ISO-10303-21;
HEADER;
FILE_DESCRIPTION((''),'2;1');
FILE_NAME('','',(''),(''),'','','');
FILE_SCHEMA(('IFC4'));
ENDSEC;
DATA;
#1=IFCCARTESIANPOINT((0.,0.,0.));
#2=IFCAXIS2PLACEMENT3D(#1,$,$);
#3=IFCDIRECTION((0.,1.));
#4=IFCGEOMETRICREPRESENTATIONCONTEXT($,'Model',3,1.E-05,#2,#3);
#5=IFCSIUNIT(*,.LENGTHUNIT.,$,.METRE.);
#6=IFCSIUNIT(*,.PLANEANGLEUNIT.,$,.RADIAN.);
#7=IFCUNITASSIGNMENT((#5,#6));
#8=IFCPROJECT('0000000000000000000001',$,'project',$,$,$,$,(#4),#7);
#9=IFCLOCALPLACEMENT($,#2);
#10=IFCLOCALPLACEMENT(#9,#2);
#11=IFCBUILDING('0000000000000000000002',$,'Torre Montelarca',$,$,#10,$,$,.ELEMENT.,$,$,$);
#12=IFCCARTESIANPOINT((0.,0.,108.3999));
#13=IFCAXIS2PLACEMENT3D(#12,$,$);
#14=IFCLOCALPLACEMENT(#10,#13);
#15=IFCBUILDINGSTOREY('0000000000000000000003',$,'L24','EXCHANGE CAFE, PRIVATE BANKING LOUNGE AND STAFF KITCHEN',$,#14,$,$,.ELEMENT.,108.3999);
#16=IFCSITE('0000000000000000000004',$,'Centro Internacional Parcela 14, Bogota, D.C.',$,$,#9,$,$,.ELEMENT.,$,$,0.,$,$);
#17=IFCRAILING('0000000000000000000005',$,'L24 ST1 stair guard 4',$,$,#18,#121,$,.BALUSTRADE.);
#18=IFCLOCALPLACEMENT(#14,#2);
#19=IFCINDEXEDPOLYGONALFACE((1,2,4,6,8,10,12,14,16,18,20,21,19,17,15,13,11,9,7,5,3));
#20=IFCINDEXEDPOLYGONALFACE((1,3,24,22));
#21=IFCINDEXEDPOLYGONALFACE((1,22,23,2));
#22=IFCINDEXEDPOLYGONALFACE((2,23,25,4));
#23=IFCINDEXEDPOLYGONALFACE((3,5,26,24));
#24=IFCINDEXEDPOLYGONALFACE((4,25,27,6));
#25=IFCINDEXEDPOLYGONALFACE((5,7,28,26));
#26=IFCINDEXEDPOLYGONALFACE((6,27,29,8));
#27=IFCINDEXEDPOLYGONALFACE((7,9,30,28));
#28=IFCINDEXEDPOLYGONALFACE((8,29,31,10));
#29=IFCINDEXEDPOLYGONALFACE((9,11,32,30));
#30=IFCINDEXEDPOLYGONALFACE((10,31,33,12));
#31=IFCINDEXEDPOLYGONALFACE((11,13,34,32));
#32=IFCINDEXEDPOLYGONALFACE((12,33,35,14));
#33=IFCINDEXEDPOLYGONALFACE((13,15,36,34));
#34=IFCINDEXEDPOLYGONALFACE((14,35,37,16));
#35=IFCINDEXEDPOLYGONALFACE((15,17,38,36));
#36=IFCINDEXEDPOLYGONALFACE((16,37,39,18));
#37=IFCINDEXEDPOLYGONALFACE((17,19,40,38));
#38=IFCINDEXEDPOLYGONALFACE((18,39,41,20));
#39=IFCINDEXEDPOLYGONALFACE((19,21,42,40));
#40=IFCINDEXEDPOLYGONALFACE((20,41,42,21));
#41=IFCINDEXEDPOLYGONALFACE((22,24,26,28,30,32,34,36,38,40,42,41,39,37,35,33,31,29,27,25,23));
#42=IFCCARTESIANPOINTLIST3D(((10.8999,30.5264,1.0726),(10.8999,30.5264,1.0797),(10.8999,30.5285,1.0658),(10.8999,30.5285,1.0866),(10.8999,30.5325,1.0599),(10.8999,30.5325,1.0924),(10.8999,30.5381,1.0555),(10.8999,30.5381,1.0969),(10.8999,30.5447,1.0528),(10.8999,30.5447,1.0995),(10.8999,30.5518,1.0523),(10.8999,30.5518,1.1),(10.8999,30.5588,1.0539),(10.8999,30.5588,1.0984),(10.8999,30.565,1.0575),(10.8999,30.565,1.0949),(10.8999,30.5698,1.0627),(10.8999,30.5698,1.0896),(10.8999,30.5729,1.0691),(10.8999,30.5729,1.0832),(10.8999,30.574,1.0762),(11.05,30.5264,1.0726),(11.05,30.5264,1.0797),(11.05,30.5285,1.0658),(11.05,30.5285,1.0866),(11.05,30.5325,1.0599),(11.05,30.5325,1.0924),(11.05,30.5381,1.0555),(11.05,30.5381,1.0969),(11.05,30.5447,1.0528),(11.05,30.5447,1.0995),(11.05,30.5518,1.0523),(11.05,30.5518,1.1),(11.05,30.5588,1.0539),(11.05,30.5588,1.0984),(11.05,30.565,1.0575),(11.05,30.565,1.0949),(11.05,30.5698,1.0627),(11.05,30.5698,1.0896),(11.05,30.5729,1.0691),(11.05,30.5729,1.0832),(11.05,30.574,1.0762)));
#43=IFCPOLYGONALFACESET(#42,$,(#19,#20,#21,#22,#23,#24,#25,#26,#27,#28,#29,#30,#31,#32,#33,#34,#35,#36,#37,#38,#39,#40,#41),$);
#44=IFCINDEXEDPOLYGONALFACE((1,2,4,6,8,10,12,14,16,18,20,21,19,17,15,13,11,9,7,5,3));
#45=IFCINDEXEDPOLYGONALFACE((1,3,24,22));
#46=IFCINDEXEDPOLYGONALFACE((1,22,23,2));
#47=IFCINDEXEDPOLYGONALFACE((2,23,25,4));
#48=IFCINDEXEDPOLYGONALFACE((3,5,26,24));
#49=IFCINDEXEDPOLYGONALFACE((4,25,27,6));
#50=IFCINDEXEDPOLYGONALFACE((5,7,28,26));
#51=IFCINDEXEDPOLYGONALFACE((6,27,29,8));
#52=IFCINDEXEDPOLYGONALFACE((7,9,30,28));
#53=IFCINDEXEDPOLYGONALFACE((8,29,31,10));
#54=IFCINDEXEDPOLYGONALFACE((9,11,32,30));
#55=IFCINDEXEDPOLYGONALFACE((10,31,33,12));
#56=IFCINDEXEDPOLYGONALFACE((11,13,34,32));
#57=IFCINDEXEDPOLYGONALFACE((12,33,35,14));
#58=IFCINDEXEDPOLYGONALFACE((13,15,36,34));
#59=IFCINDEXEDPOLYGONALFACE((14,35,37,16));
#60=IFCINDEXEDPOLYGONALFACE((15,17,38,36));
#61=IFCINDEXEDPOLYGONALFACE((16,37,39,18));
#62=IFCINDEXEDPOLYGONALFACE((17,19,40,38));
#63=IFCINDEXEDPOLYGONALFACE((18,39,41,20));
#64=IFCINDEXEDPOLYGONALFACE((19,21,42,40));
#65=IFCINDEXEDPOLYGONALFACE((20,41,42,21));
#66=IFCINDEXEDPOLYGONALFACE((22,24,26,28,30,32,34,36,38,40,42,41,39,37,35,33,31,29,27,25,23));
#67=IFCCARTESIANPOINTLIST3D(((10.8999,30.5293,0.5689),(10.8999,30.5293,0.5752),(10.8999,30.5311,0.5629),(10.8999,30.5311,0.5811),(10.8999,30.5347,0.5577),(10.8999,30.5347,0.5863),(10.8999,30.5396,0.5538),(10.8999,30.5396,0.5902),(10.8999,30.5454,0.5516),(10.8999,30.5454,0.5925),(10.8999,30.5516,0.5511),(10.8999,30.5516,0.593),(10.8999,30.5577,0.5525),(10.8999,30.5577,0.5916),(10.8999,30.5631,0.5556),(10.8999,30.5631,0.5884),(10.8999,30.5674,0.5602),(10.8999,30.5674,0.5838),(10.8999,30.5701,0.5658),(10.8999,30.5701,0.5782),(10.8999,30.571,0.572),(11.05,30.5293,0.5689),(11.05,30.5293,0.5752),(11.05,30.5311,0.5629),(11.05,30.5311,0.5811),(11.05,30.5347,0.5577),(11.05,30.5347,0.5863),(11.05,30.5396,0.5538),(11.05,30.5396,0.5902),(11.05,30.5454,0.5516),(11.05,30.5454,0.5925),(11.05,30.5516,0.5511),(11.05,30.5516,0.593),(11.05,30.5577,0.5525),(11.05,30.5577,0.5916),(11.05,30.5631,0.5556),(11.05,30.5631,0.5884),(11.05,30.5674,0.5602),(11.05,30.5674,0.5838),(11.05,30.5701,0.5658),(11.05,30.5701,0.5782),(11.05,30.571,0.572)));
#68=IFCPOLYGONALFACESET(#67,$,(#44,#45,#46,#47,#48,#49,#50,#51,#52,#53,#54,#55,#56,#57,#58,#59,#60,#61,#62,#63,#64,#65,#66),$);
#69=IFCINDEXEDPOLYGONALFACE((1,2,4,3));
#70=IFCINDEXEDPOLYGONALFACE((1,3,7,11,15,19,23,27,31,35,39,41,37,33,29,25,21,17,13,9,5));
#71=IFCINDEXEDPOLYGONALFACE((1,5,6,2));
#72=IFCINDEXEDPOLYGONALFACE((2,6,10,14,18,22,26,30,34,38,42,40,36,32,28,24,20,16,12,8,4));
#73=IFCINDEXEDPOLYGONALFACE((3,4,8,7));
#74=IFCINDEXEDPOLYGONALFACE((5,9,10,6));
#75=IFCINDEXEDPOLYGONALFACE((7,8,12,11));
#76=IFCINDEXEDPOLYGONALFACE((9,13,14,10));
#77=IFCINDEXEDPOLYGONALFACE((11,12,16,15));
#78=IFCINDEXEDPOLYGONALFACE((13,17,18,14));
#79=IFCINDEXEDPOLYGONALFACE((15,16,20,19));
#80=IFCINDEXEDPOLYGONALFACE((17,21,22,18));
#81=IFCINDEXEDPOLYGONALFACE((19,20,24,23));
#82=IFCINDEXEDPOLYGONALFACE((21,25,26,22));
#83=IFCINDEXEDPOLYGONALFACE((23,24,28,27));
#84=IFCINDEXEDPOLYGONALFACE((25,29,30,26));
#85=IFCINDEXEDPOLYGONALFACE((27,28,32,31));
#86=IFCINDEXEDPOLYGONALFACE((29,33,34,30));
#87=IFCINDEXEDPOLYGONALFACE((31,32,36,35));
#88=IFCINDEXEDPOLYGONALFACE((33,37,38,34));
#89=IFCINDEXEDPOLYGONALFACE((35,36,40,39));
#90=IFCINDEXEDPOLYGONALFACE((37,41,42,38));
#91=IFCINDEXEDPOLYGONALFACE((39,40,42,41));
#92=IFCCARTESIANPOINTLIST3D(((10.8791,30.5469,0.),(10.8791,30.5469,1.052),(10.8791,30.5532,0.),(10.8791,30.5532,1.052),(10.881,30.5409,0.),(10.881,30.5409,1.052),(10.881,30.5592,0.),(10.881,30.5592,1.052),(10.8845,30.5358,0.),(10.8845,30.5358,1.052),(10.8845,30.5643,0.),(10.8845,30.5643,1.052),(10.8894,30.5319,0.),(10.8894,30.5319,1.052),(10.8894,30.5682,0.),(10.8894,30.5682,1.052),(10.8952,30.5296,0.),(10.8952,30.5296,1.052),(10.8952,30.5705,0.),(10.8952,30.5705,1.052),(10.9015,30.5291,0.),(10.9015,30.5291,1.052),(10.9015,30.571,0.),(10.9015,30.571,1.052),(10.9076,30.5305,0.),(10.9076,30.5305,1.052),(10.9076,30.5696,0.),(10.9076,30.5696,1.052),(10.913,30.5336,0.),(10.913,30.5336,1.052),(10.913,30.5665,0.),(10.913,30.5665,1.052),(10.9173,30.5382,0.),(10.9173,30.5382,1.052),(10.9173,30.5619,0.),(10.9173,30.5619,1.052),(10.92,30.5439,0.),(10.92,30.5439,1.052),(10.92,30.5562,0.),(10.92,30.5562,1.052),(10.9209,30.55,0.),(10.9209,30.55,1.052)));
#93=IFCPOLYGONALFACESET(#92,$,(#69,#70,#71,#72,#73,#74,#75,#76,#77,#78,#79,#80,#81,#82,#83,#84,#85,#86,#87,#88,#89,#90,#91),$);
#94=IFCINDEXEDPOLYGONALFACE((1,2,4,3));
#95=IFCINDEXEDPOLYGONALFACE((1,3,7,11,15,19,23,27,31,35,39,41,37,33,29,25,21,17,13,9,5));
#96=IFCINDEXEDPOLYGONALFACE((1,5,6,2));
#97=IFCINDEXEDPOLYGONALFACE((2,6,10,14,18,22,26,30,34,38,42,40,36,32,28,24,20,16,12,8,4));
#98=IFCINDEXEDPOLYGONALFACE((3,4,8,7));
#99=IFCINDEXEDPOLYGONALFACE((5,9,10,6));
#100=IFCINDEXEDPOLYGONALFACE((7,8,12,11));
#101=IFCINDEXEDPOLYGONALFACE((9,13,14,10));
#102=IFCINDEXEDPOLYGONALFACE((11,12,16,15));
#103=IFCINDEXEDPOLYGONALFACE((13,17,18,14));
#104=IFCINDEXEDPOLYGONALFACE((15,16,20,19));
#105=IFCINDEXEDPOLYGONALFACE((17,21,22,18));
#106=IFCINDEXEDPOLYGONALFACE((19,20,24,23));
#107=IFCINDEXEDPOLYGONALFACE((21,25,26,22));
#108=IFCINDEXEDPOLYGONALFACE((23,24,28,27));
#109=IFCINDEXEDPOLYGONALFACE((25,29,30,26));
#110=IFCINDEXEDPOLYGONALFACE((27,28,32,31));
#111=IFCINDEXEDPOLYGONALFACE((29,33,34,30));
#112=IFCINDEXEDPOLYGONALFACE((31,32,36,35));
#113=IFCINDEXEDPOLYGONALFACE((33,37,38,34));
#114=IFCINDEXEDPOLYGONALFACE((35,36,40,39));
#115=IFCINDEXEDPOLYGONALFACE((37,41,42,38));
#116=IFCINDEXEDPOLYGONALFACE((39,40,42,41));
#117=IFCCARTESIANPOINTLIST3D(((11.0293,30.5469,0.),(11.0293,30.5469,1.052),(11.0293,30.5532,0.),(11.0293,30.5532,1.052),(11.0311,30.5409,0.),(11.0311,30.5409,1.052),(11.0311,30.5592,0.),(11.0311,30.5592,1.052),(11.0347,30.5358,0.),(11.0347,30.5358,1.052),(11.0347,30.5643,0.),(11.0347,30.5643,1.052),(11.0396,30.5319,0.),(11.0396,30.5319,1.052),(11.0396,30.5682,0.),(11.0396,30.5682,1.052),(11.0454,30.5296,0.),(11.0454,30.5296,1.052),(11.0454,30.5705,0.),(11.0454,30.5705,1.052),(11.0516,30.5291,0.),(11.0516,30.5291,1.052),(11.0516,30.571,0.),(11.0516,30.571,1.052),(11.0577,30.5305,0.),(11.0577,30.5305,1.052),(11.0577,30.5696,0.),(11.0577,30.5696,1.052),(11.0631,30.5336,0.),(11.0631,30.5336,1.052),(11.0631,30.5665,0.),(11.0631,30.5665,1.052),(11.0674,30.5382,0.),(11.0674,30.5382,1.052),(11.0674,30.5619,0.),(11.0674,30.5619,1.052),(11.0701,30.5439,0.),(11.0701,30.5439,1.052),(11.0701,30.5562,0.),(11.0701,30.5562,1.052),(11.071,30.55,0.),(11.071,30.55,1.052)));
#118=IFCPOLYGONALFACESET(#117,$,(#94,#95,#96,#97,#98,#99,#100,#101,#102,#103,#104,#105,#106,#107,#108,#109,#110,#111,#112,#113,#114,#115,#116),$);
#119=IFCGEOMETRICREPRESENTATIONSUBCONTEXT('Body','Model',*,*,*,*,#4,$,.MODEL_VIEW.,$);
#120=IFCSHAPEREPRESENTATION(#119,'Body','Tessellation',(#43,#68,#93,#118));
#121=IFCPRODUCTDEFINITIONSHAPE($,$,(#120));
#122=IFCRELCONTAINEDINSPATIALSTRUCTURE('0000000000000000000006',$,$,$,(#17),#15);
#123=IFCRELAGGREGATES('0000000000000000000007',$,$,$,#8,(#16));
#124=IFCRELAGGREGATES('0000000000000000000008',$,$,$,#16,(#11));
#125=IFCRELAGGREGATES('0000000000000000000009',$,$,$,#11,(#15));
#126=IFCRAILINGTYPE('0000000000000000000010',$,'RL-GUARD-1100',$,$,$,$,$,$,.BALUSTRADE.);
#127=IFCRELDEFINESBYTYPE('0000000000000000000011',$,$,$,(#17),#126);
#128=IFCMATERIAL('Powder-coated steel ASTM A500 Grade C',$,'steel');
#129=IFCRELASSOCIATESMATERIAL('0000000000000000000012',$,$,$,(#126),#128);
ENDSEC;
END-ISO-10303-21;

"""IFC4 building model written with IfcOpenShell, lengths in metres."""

from ifc_helpers import new_model, si_unit, direction, frame, origin, origin_2d, place, context, subcontext, project, spatial, circle, extrude, material, type_object, element, save


model = new_model("IFC4")

# Units and contexts
model_context = context("Model", 3, precision=1e-05, world=origin(), true_north=direction((0.0, 1.0)))
body_context = subcontext(model_context, "Body", "Model", "MODEL_VIEW")
ifc_project = project(units=[si_unit("LENGTHUNIT", "METRE"), si_unit("PLANEANGLEUNIT", "RADIAN")], contexts=[model_context])

# Site, building, storey
site_placement = place(None, origin())
site = spatial("IfcSite", under=ifc_project, at=site_placement, Name="Centro Internacional Parcela 14, Bogota, D.C.", CompositionType="ELEMENT", RefElevation=0.0)
building_placement = place(site_placement, origin())
building = spatial("IfcBuilding", under=site, at=building_placement, Name="Torre Montelarca", CompositionType="ELEMENT")
storey_placement = place(building_placement, frame((0.0, 0.0, 108.3999)))
storey = spatial("IfcBuildingStorey", under=building, at=storey_placement, Name="L24", Description="EXCHANGE CAFE, PRIVATE BANKING LOUNGE AND STAFF KITCHEN", CompositionType="ELEMENT", Elevation=108.3999)

# Railing
ifc_material_1 = material(Name="Powder-coated steel ASTM A500 Grade C", Category="steel")
railing_type_1 = type_object("IfcRailingType", Name="RL-GUARD-1100", PredefinedType="BALUSTRADE", material=ifc_material_1)
railing_1_placement = place(storey_placement, frame((10.8999, 30.55, 0.0)))
element("IfcRailing", 1, at=railing_1_placement, inside=storey, type_object=railing_type_1, Name="L24 ST1 stair guard 4", PredefinedType="BALUSTRADE", context=body_context, shape_type="SweptSolid", body=[
    extrude(circle(Radius=0.0239, at=origin_2d()), frame((0.0, 0.0, 1.0762), z_axis=(1.0, 0.0, 0.0), x_axis=(0.0, 1.0, 0.0)), (0.0, 0.0, 1.0), 0.1501),
    extrude(circle(Radius=0.021, at=origin_2d()), frame((0.0, 0.0, 0.572), z_axis=(1.0, 0.0, 0.0), x_axis=(0.0, 1.0, 0.0)), (0.0, 0.0, 1.0), 0.1501),
    extrude(circle(Radius=0.021, at=origin_2d()), origin(), (0.0, 0.0, 1.0), 1.052),
    extrude(circle(Radius=0.021, at=origin_2d()), frame((0.1501, 0.0, 0.0)), (0.0, 0.0, 1.0), 1.052),
])

save(model, "model.ifc")
